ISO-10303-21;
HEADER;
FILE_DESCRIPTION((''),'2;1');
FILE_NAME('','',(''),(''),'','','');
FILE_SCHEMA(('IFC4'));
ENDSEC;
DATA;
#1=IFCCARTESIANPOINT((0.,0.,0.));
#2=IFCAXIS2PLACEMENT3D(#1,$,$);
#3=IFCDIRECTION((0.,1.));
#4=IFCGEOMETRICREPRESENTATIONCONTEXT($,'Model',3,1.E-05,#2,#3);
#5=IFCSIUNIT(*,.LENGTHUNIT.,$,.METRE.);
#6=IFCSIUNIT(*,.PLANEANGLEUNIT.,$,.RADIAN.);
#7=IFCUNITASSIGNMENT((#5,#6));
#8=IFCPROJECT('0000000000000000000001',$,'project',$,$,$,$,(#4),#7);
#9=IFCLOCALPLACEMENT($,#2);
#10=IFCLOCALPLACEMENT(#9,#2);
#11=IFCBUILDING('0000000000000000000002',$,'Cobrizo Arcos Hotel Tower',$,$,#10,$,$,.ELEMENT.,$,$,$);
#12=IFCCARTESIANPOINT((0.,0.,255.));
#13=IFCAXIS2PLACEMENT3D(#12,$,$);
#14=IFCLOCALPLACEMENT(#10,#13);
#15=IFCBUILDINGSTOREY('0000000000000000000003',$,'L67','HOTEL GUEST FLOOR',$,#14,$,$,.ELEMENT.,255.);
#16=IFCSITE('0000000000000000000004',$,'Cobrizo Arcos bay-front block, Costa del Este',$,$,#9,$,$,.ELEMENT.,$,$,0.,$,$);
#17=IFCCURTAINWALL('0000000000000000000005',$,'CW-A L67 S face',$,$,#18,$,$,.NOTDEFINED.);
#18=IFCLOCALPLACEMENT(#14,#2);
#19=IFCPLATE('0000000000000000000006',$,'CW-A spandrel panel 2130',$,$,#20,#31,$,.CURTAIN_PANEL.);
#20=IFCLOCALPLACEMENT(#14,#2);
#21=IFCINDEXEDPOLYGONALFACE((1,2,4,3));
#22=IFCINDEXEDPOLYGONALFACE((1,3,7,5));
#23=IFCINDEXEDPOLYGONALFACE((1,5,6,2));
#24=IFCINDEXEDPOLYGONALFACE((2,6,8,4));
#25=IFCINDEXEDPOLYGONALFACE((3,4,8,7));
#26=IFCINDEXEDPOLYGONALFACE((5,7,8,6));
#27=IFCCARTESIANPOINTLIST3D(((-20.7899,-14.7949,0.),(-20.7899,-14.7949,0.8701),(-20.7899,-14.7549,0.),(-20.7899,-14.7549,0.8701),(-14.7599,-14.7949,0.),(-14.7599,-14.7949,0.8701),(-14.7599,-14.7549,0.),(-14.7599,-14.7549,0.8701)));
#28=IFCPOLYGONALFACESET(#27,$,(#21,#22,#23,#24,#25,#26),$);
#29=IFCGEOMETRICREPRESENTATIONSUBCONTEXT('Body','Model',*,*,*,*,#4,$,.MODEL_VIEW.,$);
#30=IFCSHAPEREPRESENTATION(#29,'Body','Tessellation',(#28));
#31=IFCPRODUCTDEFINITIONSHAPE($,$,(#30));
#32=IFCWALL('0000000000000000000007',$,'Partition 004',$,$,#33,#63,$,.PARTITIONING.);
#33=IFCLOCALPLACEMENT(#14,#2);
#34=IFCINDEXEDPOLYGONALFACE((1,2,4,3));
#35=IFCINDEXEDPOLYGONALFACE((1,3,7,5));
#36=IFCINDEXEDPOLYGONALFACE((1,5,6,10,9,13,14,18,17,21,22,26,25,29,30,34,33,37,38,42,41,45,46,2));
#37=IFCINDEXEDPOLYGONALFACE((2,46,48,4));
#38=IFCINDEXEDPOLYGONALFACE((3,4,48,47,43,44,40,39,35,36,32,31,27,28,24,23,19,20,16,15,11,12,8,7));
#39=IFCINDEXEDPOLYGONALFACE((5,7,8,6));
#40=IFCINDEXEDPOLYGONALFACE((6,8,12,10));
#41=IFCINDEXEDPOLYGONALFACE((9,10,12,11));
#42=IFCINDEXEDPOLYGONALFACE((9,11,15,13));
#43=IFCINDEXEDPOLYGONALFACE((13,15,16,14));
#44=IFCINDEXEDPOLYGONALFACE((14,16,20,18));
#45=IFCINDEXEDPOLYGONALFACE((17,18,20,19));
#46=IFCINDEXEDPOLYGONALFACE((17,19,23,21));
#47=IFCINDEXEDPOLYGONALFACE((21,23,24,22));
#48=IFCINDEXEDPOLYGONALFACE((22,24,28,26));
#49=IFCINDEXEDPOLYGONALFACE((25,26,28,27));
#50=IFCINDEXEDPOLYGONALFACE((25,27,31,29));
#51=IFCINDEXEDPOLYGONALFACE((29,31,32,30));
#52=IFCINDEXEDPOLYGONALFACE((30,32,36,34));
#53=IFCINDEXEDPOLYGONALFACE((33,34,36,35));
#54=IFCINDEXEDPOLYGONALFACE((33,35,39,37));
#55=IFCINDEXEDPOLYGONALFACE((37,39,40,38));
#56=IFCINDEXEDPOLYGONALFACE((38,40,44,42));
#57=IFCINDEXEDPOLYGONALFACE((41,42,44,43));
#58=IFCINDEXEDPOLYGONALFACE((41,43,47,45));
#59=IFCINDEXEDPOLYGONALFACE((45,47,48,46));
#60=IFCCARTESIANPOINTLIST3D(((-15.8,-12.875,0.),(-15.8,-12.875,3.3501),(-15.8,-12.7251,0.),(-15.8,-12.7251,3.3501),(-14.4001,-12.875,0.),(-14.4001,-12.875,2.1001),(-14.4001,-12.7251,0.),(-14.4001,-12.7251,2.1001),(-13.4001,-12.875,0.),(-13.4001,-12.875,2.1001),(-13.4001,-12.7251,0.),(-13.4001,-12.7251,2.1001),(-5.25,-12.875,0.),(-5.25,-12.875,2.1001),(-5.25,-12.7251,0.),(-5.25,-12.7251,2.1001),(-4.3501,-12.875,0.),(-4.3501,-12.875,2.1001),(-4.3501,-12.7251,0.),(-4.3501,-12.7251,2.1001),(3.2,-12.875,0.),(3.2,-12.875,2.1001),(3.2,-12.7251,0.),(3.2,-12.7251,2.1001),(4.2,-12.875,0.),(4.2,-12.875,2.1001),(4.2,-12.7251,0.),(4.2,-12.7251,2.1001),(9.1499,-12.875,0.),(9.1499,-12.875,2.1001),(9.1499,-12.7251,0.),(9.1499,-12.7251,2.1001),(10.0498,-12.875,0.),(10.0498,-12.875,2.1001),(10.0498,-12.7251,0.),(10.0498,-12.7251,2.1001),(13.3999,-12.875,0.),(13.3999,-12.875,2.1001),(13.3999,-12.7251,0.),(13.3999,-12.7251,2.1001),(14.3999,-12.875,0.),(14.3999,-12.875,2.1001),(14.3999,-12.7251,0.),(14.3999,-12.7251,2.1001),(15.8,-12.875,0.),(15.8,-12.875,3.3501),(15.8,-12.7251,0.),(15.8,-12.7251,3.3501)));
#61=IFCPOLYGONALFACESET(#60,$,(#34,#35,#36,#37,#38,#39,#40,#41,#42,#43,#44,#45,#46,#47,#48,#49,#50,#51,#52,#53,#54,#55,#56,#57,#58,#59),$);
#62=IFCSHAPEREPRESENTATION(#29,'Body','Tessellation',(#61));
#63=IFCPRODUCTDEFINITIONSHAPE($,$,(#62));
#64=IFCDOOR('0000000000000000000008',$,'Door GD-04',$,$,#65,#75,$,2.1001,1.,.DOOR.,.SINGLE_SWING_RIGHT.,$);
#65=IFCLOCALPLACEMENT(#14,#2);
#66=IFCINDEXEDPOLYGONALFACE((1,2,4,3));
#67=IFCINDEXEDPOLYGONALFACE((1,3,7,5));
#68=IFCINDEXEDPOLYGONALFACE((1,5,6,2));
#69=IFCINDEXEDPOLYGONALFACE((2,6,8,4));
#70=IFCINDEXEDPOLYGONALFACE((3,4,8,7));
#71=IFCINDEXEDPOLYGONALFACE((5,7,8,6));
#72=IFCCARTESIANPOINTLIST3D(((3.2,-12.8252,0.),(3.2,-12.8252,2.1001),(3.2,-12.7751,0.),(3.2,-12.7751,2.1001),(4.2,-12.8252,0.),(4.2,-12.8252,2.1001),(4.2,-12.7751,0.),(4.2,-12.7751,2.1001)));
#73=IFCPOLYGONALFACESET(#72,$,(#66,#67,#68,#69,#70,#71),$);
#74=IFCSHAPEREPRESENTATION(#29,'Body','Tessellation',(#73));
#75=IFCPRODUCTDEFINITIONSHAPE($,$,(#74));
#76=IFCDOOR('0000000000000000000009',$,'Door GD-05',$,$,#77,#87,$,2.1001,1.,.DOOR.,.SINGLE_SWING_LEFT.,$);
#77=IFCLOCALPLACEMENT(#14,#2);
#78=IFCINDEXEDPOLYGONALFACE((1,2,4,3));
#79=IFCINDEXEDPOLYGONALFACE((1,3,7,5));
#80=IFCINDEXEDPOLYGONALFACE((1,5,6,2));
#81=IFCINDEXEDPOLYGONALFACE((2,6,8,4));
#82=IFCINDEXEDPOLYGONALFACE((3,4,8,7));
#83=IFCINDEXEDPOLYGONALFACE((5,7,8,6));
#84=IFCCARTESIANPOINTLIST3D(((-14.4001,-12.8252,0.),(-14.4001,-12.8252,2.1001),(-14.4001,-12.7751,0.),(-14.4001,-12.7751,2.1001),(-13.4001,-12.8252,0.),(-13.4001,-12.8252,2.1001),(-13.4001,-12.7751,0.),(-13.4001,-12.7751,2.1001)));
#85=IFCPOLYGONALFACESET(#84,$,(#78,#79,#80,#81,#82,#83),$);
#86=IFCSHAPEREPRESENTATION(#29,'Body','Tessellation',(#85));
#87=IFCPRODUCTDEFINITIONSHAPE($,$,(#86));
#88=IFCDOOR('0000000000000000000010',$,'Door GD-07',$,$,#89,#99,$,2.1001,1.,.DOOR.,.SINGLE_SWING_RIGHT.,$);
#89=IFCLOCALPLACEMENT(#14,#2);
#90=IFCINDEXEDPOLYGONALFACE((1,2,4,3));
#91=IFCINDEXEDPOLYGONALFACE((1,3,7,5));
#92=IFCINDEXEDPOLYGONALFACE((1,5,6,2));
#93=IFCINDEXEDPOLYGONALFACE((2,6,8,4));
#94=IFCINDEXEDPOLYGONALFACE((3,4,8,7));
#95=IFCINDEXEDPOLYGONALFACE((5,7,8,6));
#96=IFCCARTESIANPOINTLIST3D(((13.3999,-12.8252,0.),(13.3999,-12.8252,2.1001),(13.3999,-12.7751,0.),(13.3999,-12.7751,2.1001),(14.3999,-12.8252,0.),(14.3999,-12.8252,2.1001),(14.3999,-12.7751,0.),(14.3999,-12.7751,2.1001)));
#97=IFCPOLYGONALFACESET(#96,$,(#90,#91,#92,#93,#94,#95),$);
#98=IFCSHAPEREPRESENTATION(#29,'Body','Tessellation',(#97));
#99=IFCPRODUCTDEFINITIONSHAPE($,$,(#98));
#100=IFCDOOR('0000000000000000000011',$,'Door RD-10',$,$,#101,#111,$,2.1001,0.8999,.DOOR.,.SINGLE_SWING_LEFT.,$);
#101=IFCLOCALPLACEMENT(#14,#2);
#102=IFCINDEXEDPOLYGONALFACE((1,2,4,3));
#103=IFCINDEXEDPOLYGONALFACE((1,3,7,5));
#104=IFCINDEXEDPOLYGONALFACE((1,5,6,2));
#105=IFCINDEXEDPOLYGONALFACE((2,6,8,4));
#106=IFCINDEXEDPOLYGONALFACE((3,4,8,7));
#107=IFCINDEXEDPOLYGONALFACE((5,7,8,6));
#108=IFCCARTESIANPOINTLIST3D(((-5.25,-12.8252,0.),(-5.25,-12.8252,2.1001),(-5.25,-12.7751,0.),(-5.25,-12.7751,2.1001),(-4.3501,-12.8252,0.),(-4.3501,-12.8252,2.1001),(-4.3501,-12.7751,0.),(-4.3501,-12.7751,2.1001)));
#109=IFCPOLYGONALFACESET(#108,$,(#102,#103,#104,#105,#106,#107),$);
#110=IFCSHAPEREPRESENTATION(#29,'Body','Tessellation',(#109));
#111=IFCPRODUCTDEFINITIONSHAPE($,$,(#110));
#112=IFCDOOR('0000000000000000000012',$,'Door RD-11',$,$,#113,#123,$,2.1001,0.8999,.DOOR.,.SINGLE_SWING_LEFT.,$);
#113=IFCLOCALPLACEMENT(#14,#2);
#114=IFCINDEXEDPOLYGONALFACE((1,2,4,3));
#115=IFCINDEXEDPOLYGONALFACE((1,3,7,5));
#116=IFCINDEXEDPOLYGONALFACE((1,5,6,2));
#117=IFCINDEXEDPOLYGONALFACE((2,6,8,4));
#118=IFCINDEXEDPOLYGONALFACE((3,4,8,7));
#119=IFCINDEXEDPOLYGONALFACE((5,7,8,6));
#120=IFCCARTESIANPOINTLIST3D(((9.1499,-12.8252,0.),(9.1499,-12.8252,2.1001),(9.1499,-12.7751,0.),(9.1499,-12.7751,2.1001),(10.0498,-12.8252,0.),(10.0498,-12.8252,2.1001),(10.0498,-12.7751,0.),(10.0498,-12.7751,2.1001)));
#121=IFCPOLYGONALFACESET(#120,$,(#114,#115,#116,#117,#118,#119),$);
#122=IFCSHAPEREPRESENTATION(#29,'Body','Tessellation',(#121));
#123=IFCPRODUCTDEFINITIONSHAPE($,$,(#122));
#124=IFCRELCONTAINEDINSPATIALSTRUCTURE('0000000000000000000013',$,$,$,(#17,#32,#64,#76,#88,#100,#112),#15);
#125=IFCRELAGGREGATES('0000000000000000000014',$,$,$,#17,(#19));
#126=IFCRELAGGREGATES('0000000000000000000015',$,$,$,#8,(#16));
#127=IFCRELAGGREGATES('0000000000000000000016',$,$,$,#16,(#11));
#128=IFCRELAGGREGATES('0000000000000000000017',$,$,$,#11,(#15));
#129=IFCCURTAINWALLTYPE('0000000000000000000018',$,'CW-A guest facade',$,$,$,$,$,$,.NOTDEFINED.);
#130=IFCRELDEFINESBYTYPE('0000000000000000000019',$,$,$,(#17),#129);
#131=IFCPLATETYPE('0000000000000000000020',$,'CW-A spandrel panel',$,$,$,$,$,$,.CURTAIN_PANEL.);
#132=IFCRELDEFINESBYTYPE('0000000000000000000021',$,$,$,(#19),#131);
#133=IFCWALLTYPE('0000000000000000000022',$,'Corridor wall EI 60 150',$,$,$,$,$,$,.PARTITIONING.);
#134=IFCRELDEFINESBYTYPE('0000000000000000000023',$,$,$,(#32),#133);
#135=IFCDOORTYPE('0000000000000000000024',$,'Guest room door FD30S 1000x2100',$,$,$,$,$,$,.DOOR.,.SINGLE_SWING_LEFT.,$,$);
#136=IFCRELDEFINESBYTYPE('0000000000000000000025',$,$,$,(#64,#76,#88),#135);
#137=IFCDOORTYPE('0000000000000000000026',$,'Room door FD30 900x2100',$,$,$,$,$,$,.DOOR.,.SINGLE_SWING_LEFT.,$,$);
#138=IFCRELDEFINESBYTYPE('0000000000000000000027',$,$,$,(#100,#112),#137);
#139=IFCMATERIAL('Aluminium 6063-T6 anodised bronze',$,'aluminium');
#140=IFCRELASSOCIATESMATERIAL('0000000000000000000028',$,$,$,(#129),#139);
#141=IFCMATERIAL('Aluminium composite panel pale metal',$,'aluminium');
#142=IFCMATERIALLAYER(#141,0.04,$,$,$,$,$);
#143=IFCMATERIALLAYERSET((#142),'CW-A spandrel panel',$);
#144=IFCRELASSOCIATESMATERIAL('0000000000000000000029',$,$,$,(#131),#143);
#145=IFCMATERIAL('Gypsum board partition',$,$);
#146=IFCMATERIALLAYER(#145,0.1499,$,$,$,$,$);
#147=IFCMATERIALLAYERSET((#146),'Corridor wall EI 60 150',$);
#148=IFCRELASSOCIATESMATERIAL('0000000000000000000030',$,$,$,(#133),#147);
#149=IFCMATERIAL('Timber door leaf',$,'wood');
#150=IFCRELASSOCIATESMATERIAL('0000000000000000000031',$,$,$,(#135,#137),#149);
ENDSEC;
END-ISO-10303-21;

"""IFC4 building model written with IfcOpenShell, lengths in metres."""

from ifc_helpers import new_model, si_unit, direction, frame, frame_2d, origin, origin_2d, place, context, subcontext, project, spatial, rectangle, extrude, material, layer, layer_set, type_object, element, fill, aggregate, save


model = new_model("IFC4")

# Units and contexts
model_context = context("Model", 3, precision=1e-05, world=origin(), true_north=direction((0.0, 1.0)))
body_context = subcontext(model_context, "Body", "Model", "MODEL_VIEW")
ifc_project = project(units=[si_unit("LENGTHUNIT", "METRE"), si_unit("PLANEANGLEUNIT", "RADIAN")], contexts=[model_context])

# Site, building, storey
site_placement = place(None, origin())
site = spatial("IfcSite", under=ifc_project, at=site_placement, Name="Cobrizo Arcos bay-front block, Costa del Este", CompositionType="ELEMENT", RefElevation=0.0)
building_placement = place(site_placement, origin())
building = spatial("IfcBuilding", under=site, at=building_placement, Name="Cobrizo Arcos Hotel Tower", CompositionType="ELEMENT")
storey_placement = place(building_placement, frame((0.0, 0.0, 255.0)))
storey = spatial("IfcBuildingStorey", under=building, at=storey_placement, Name="L67", Description="HOTEL GUEST FLOOR", CompositionType="ELEMENT", Elevation=255.0)

# Curtain wall
ifc_material_1 = material(Name="Aluminium 6063-T6 anodised bronze", Category="aluminium")
curtain_wall_type = type_object("IfcCurtainWallType", Name="CW-A guest facade", PredefinedType="NOTDEFINED", material=ifc_material_1)
curtain_wall_1_placement = place(storey_placement, origin())
curtain_wall_1 = element("IfcCurtainWall", 1, at=curtain_wall_1_placement, inside=storey, type_object=curtain_wall_type, Name="CW-A L67 S face", PredefinedType="NOTDEFINED")

# Plate
ifc_material_2 = material(Name="Aluminium composite panel pale metal", Category="aluminium")
ifc_layer_1 = layer(ifc_material_2, 0.04)
ifc_layer_set_1 = layer_set([ifc_layer_1], Name="CW-A spandrel panel")
plate_type_1 = type_object("IfcPlateType", Name="CW-A spandrel panel", PredefinedType="CURTAIN_PANEL", material=ifc_layer_set_1)
plate_1_placement = place(storey_placement, frame((-17.7749, -14.7749, 0.0), z_axis=(0.0, 0.0, 1.0), x_axis=(1.0, 0.0, 0.0)))
plate_1 = element("IfcPlate", 2, at=plate_1_placement, type_object=plate_type_1, Name="CW-A spandrel panel 2130", PredefinedType="CURTAIN_PANEL", context=body_context, shape_type="SweptSolid", body=[
    extrude(rectangle(XDim=6.03, YDim=0.04, at=origin_2d()), origin(), (0.0, 0.0, 1.0), 0.8701),
])
aggregate(curtain_wall_1, [plate_1])

# Wall, openings, doors
ifc_material_3 = material(Name="Gypsum board partition")
ifc_layer_2 = layer(ifc_material_3, 0.1499)
ifc_layer_set_2 = layer_set([ifc_layer_2], Name="Corridor wall EI 60 150")
wall_type = type_object("IfcWallType", Name="Corridor wall EI 60 150", PredefinedType="PARTITIONING", material=ifc_layer_set_2)
wall_placement = place(storey_placement, frame((-15.8, -12.8, 0.0), z_axis=(0.0, 0.0, 1.0), x_axis=(1.0, 0.0, 0.0)))
wall = element("IfcWall", 3, at=wall_placement, inside=storey, type_object=wall_type, Name="Partition 004", PredefinedType="PARTITIONING", context=body_context, shape_type="SweptSolid", body=[
    extrude(rectangle(XDim=31.6001, YDim=0.1499, at=frame_2d((15.8, 0.0))), origin(), (0.0, 0.0, 1.0), 3.3501),
])
opening_1_placement = place(wall_placement, frame((10.55, 0.0, 0.0)))
opening_1 = element("IfcOpeningElement", 4, at=opening_1_placement, cuts=wall, PredefinedType="OPENING", context=body_context, shape_type="SweptSolid", body=[
    extrude(rectangle(XDim=0.8999, YDim=2.1001, at=frame_2d((0.45, 1.05))), frame((0.0, 0.0869, 0.0), z_axis=(0.0, -1.0, 0.0), x_axis=(1.0, 0.0, 0.0)), (0.0, 0.0, 1.0), 0.1738),
])
opening_2_placement = place(wall_placement, frame((19.0, 0.0, 0.0)))
opening_2 = element("IfcOpeningElement", 5, at=opening_2_placement, cuts=wall, PredefinedType="OPENING", context=body_context, shape_type="SweptSolid", body=[
    extrude(rectangle(XDim=1.0, YDim=2.1001, at=frame_2d((0.5, 1.05))), frame((0.0, 0.0869, 0.0), z_axis=(0.0, -1.0, 0.0), x_axis=(1.0, 0.0, 0.0)), (0.0, 0.0, 1.0), 0.1738),
])
opening_3_placement = place(wall_placement, frame((24.95, 0.0, 0.0)))
opening_3 = element("IfcOpeningElement", 6, at=opening_3_placement, cuts=wall, PredefinedType="OPENING", context=body_context, shape_type="SweptSolid", body=[
    extrude(rectangle(XDim=0.8999, YDim=2.1001, at=frame_2d((0.45, 1.05))), frame((0.0, 0.0869, 0.0), z_axis=(0.0, -1.0, 0.0), x_axis=(1.0, 0.0, 0.0)), (0.0, 0.0, 1.0), 0.1738),
])
opening_4_placement = place(wall_placement, frame((1.3999, 0.0, 0.0)))
opening_4 = element("IfcOpeningElement", 7, at=opening_4_placement, cuts=wall, PredefinedType="OPENING", context=body_context, shape_type="SweptSolid", body=[
    extrude(rectangle(XDim=1.0, YDim=2.1001, at=frame_2d((0.5, 1.05))), frame((0.0, 0.0869, 0.0), z_axis=(0.0, -1.0, 0.0), x_axis=(1.0, 0.0, 0.0)), (0.0, 0.0, 1.0), 0.1738),
])
opening_5_placement = place(wall_placement, frame((29.2, 0.0, 0.0)))
opening_5 = element("IfcOpeningElement", 8, at=opening_5_placement, cuts=wall, PredefinedType="OPENING", context=body_context, shape_type="SweptSolid", body=[
    extrude(rectangle(XDim=1.0, YDim=2.1001, at=frame_2d((0.5, 1.05))), frame((0.0, 0.0869, 0.0), z_axis=(0.0, -1.0, 0.0), x_axis=(1.0, 0.0, 0.0)), (0.0, 0.0, 1.0), 0.1738),
])
ifc_material_4 = material(Name="Timber door leaf", Category="wood")
door_type_1 = type_object("IfcDoorType", Name="Guest room door FD30S 1000x2100", OperationType="SINGLE_SWING_LEFT", PredefinedType="DOOR", material=ifc_material_4)
door_1_placement = place(opening_2_placement, origin())
door_1 = element("IfcDoor", 9, at=door_1_placement, inside=storey, type_object=door_type_1, Name="Door GD-04", OperationType="SINGLE_SWING_RIGHT", OverallHeight=2.1001, OverallWidth=1.0, PredefinedType="DOOR", context=body_context, shape_type="SweptSolid", body=[
    extrude(rectangle(XDim=1.0, YDim=2.1001, at=frame_2d((0.5, 1.05))), frame((0.0, 0.0249, 0.0), z_axis=(0.0, -1.0, 0.0), x_axis=(1.0, 0.0, 0.0)), (0.0, 0.0, 1.0), 0.05),
])
fill(opening_2, door_1)
door_2_placement = place(opening_4_placement, origin())
door_2 = element("IfcDoor", 10, at=door_2_placement, inside=storey, type_object=door_type_1, Name="Door GD-05", OperationType="SINGLE_SWING_LEFT", OverallHeight=2.1001, OverallWidth=1.0, PredefinedType="DOOR", context=body_context, shape_type="SweptSolid", body=[
    extrude(rectangle(XDim=1.0, YDim=2.1001, at=frame_2d((0.5, 1.05))), frame((0.0, 0.0249, 0.0), z_axis=(0.0, -1.0, 0.0), x_axis=(1.0, 0.0, 0.0)), (0.0, 0.0, 1.0), 0.05),
])
fill(opening_4, door_2)
door_3_placement = place(opening_5_placement, origin())
door_3 = element("IfcDoor", 11, at=door_3_placement, inside=storey, type_object=door_type_1, Name="Door GD-07", OperationType="SINGLE_SWING_RIGHT", OverallHeight=2.1001, OverallWidth=1.0, PredefinedType="DOOR", context=body_context, shape_type="SweptSolid", body=[
    extrude(rectangle(XDim=1.0, YDim=2.1001, at=frame_2d((0.5, 1.05))), frame((0.0, 0.0249, 0.0), z_axis=(0.0, -1.0, 0.0), x_axis=(1.0, 0.0, 0.0)), (0.0, 0.0, 1.0), 0.05),
])
fill(opening_5, door_3)
door_type_2 = type_object("IfcDoorType", Name="Room door FD30 900x2100", OperationType="SINGLE_SWING_LEFT", PredefinedType="DOOR", material=ifc_material_4)
door_4_placement = place(opening_1_placement, origin())
door_4 = element("IfcDoor", 12, at=door_4_placement, inside=storey, type_object=door_type_2, Name="Door RD-10", OperationType="SINGLE_SWING_LEFT", OverallHeight=2.1001, OverallWidth=0.8999, PredefinedType="DOOR", context=body_context, shape_type="SweptSolid", body=[
    extrude(rectangle(XDim=0.8999, YDim=2.1001, at=frame_2d((0.45, 1.05))), frame((0.0, 0.0249, 0.0), z_axis=(0.0, -1.0, 0.0), x_axis=(1.0, 0.0, 0.0)), (0.0, 0.0, 1.0), 0.05),
])
fill(opening_1, door_4)
door_5_placement = place(opening_3_placement, origin())
door_5 = element("IfcDoor", 13, at=door_5_placement, inside=storey, type_object=door_type_2, Name="Door RD-11", OperationType="SINGLE_SWING_LEFT", OverallHeight=2.1001, OverallWidth=0.8999, PredefinedType="DOOR", context=body_context, shape_type="SweptSolid", body=[
    extrude(rectangle(XDim=0.8999, YDim=2.1001, at=frame_2d((0.45, 1.05))), frame((0.0, 0.0249, 0.0), z_axis=(0.0, -1.0, 0.0), x_axis=(1.0, 0.0, 0.0)), (0.0, 0.0, 1.0), 0.05),
])
fill(opening_3, door_5)

save(model, "model.ifc")
